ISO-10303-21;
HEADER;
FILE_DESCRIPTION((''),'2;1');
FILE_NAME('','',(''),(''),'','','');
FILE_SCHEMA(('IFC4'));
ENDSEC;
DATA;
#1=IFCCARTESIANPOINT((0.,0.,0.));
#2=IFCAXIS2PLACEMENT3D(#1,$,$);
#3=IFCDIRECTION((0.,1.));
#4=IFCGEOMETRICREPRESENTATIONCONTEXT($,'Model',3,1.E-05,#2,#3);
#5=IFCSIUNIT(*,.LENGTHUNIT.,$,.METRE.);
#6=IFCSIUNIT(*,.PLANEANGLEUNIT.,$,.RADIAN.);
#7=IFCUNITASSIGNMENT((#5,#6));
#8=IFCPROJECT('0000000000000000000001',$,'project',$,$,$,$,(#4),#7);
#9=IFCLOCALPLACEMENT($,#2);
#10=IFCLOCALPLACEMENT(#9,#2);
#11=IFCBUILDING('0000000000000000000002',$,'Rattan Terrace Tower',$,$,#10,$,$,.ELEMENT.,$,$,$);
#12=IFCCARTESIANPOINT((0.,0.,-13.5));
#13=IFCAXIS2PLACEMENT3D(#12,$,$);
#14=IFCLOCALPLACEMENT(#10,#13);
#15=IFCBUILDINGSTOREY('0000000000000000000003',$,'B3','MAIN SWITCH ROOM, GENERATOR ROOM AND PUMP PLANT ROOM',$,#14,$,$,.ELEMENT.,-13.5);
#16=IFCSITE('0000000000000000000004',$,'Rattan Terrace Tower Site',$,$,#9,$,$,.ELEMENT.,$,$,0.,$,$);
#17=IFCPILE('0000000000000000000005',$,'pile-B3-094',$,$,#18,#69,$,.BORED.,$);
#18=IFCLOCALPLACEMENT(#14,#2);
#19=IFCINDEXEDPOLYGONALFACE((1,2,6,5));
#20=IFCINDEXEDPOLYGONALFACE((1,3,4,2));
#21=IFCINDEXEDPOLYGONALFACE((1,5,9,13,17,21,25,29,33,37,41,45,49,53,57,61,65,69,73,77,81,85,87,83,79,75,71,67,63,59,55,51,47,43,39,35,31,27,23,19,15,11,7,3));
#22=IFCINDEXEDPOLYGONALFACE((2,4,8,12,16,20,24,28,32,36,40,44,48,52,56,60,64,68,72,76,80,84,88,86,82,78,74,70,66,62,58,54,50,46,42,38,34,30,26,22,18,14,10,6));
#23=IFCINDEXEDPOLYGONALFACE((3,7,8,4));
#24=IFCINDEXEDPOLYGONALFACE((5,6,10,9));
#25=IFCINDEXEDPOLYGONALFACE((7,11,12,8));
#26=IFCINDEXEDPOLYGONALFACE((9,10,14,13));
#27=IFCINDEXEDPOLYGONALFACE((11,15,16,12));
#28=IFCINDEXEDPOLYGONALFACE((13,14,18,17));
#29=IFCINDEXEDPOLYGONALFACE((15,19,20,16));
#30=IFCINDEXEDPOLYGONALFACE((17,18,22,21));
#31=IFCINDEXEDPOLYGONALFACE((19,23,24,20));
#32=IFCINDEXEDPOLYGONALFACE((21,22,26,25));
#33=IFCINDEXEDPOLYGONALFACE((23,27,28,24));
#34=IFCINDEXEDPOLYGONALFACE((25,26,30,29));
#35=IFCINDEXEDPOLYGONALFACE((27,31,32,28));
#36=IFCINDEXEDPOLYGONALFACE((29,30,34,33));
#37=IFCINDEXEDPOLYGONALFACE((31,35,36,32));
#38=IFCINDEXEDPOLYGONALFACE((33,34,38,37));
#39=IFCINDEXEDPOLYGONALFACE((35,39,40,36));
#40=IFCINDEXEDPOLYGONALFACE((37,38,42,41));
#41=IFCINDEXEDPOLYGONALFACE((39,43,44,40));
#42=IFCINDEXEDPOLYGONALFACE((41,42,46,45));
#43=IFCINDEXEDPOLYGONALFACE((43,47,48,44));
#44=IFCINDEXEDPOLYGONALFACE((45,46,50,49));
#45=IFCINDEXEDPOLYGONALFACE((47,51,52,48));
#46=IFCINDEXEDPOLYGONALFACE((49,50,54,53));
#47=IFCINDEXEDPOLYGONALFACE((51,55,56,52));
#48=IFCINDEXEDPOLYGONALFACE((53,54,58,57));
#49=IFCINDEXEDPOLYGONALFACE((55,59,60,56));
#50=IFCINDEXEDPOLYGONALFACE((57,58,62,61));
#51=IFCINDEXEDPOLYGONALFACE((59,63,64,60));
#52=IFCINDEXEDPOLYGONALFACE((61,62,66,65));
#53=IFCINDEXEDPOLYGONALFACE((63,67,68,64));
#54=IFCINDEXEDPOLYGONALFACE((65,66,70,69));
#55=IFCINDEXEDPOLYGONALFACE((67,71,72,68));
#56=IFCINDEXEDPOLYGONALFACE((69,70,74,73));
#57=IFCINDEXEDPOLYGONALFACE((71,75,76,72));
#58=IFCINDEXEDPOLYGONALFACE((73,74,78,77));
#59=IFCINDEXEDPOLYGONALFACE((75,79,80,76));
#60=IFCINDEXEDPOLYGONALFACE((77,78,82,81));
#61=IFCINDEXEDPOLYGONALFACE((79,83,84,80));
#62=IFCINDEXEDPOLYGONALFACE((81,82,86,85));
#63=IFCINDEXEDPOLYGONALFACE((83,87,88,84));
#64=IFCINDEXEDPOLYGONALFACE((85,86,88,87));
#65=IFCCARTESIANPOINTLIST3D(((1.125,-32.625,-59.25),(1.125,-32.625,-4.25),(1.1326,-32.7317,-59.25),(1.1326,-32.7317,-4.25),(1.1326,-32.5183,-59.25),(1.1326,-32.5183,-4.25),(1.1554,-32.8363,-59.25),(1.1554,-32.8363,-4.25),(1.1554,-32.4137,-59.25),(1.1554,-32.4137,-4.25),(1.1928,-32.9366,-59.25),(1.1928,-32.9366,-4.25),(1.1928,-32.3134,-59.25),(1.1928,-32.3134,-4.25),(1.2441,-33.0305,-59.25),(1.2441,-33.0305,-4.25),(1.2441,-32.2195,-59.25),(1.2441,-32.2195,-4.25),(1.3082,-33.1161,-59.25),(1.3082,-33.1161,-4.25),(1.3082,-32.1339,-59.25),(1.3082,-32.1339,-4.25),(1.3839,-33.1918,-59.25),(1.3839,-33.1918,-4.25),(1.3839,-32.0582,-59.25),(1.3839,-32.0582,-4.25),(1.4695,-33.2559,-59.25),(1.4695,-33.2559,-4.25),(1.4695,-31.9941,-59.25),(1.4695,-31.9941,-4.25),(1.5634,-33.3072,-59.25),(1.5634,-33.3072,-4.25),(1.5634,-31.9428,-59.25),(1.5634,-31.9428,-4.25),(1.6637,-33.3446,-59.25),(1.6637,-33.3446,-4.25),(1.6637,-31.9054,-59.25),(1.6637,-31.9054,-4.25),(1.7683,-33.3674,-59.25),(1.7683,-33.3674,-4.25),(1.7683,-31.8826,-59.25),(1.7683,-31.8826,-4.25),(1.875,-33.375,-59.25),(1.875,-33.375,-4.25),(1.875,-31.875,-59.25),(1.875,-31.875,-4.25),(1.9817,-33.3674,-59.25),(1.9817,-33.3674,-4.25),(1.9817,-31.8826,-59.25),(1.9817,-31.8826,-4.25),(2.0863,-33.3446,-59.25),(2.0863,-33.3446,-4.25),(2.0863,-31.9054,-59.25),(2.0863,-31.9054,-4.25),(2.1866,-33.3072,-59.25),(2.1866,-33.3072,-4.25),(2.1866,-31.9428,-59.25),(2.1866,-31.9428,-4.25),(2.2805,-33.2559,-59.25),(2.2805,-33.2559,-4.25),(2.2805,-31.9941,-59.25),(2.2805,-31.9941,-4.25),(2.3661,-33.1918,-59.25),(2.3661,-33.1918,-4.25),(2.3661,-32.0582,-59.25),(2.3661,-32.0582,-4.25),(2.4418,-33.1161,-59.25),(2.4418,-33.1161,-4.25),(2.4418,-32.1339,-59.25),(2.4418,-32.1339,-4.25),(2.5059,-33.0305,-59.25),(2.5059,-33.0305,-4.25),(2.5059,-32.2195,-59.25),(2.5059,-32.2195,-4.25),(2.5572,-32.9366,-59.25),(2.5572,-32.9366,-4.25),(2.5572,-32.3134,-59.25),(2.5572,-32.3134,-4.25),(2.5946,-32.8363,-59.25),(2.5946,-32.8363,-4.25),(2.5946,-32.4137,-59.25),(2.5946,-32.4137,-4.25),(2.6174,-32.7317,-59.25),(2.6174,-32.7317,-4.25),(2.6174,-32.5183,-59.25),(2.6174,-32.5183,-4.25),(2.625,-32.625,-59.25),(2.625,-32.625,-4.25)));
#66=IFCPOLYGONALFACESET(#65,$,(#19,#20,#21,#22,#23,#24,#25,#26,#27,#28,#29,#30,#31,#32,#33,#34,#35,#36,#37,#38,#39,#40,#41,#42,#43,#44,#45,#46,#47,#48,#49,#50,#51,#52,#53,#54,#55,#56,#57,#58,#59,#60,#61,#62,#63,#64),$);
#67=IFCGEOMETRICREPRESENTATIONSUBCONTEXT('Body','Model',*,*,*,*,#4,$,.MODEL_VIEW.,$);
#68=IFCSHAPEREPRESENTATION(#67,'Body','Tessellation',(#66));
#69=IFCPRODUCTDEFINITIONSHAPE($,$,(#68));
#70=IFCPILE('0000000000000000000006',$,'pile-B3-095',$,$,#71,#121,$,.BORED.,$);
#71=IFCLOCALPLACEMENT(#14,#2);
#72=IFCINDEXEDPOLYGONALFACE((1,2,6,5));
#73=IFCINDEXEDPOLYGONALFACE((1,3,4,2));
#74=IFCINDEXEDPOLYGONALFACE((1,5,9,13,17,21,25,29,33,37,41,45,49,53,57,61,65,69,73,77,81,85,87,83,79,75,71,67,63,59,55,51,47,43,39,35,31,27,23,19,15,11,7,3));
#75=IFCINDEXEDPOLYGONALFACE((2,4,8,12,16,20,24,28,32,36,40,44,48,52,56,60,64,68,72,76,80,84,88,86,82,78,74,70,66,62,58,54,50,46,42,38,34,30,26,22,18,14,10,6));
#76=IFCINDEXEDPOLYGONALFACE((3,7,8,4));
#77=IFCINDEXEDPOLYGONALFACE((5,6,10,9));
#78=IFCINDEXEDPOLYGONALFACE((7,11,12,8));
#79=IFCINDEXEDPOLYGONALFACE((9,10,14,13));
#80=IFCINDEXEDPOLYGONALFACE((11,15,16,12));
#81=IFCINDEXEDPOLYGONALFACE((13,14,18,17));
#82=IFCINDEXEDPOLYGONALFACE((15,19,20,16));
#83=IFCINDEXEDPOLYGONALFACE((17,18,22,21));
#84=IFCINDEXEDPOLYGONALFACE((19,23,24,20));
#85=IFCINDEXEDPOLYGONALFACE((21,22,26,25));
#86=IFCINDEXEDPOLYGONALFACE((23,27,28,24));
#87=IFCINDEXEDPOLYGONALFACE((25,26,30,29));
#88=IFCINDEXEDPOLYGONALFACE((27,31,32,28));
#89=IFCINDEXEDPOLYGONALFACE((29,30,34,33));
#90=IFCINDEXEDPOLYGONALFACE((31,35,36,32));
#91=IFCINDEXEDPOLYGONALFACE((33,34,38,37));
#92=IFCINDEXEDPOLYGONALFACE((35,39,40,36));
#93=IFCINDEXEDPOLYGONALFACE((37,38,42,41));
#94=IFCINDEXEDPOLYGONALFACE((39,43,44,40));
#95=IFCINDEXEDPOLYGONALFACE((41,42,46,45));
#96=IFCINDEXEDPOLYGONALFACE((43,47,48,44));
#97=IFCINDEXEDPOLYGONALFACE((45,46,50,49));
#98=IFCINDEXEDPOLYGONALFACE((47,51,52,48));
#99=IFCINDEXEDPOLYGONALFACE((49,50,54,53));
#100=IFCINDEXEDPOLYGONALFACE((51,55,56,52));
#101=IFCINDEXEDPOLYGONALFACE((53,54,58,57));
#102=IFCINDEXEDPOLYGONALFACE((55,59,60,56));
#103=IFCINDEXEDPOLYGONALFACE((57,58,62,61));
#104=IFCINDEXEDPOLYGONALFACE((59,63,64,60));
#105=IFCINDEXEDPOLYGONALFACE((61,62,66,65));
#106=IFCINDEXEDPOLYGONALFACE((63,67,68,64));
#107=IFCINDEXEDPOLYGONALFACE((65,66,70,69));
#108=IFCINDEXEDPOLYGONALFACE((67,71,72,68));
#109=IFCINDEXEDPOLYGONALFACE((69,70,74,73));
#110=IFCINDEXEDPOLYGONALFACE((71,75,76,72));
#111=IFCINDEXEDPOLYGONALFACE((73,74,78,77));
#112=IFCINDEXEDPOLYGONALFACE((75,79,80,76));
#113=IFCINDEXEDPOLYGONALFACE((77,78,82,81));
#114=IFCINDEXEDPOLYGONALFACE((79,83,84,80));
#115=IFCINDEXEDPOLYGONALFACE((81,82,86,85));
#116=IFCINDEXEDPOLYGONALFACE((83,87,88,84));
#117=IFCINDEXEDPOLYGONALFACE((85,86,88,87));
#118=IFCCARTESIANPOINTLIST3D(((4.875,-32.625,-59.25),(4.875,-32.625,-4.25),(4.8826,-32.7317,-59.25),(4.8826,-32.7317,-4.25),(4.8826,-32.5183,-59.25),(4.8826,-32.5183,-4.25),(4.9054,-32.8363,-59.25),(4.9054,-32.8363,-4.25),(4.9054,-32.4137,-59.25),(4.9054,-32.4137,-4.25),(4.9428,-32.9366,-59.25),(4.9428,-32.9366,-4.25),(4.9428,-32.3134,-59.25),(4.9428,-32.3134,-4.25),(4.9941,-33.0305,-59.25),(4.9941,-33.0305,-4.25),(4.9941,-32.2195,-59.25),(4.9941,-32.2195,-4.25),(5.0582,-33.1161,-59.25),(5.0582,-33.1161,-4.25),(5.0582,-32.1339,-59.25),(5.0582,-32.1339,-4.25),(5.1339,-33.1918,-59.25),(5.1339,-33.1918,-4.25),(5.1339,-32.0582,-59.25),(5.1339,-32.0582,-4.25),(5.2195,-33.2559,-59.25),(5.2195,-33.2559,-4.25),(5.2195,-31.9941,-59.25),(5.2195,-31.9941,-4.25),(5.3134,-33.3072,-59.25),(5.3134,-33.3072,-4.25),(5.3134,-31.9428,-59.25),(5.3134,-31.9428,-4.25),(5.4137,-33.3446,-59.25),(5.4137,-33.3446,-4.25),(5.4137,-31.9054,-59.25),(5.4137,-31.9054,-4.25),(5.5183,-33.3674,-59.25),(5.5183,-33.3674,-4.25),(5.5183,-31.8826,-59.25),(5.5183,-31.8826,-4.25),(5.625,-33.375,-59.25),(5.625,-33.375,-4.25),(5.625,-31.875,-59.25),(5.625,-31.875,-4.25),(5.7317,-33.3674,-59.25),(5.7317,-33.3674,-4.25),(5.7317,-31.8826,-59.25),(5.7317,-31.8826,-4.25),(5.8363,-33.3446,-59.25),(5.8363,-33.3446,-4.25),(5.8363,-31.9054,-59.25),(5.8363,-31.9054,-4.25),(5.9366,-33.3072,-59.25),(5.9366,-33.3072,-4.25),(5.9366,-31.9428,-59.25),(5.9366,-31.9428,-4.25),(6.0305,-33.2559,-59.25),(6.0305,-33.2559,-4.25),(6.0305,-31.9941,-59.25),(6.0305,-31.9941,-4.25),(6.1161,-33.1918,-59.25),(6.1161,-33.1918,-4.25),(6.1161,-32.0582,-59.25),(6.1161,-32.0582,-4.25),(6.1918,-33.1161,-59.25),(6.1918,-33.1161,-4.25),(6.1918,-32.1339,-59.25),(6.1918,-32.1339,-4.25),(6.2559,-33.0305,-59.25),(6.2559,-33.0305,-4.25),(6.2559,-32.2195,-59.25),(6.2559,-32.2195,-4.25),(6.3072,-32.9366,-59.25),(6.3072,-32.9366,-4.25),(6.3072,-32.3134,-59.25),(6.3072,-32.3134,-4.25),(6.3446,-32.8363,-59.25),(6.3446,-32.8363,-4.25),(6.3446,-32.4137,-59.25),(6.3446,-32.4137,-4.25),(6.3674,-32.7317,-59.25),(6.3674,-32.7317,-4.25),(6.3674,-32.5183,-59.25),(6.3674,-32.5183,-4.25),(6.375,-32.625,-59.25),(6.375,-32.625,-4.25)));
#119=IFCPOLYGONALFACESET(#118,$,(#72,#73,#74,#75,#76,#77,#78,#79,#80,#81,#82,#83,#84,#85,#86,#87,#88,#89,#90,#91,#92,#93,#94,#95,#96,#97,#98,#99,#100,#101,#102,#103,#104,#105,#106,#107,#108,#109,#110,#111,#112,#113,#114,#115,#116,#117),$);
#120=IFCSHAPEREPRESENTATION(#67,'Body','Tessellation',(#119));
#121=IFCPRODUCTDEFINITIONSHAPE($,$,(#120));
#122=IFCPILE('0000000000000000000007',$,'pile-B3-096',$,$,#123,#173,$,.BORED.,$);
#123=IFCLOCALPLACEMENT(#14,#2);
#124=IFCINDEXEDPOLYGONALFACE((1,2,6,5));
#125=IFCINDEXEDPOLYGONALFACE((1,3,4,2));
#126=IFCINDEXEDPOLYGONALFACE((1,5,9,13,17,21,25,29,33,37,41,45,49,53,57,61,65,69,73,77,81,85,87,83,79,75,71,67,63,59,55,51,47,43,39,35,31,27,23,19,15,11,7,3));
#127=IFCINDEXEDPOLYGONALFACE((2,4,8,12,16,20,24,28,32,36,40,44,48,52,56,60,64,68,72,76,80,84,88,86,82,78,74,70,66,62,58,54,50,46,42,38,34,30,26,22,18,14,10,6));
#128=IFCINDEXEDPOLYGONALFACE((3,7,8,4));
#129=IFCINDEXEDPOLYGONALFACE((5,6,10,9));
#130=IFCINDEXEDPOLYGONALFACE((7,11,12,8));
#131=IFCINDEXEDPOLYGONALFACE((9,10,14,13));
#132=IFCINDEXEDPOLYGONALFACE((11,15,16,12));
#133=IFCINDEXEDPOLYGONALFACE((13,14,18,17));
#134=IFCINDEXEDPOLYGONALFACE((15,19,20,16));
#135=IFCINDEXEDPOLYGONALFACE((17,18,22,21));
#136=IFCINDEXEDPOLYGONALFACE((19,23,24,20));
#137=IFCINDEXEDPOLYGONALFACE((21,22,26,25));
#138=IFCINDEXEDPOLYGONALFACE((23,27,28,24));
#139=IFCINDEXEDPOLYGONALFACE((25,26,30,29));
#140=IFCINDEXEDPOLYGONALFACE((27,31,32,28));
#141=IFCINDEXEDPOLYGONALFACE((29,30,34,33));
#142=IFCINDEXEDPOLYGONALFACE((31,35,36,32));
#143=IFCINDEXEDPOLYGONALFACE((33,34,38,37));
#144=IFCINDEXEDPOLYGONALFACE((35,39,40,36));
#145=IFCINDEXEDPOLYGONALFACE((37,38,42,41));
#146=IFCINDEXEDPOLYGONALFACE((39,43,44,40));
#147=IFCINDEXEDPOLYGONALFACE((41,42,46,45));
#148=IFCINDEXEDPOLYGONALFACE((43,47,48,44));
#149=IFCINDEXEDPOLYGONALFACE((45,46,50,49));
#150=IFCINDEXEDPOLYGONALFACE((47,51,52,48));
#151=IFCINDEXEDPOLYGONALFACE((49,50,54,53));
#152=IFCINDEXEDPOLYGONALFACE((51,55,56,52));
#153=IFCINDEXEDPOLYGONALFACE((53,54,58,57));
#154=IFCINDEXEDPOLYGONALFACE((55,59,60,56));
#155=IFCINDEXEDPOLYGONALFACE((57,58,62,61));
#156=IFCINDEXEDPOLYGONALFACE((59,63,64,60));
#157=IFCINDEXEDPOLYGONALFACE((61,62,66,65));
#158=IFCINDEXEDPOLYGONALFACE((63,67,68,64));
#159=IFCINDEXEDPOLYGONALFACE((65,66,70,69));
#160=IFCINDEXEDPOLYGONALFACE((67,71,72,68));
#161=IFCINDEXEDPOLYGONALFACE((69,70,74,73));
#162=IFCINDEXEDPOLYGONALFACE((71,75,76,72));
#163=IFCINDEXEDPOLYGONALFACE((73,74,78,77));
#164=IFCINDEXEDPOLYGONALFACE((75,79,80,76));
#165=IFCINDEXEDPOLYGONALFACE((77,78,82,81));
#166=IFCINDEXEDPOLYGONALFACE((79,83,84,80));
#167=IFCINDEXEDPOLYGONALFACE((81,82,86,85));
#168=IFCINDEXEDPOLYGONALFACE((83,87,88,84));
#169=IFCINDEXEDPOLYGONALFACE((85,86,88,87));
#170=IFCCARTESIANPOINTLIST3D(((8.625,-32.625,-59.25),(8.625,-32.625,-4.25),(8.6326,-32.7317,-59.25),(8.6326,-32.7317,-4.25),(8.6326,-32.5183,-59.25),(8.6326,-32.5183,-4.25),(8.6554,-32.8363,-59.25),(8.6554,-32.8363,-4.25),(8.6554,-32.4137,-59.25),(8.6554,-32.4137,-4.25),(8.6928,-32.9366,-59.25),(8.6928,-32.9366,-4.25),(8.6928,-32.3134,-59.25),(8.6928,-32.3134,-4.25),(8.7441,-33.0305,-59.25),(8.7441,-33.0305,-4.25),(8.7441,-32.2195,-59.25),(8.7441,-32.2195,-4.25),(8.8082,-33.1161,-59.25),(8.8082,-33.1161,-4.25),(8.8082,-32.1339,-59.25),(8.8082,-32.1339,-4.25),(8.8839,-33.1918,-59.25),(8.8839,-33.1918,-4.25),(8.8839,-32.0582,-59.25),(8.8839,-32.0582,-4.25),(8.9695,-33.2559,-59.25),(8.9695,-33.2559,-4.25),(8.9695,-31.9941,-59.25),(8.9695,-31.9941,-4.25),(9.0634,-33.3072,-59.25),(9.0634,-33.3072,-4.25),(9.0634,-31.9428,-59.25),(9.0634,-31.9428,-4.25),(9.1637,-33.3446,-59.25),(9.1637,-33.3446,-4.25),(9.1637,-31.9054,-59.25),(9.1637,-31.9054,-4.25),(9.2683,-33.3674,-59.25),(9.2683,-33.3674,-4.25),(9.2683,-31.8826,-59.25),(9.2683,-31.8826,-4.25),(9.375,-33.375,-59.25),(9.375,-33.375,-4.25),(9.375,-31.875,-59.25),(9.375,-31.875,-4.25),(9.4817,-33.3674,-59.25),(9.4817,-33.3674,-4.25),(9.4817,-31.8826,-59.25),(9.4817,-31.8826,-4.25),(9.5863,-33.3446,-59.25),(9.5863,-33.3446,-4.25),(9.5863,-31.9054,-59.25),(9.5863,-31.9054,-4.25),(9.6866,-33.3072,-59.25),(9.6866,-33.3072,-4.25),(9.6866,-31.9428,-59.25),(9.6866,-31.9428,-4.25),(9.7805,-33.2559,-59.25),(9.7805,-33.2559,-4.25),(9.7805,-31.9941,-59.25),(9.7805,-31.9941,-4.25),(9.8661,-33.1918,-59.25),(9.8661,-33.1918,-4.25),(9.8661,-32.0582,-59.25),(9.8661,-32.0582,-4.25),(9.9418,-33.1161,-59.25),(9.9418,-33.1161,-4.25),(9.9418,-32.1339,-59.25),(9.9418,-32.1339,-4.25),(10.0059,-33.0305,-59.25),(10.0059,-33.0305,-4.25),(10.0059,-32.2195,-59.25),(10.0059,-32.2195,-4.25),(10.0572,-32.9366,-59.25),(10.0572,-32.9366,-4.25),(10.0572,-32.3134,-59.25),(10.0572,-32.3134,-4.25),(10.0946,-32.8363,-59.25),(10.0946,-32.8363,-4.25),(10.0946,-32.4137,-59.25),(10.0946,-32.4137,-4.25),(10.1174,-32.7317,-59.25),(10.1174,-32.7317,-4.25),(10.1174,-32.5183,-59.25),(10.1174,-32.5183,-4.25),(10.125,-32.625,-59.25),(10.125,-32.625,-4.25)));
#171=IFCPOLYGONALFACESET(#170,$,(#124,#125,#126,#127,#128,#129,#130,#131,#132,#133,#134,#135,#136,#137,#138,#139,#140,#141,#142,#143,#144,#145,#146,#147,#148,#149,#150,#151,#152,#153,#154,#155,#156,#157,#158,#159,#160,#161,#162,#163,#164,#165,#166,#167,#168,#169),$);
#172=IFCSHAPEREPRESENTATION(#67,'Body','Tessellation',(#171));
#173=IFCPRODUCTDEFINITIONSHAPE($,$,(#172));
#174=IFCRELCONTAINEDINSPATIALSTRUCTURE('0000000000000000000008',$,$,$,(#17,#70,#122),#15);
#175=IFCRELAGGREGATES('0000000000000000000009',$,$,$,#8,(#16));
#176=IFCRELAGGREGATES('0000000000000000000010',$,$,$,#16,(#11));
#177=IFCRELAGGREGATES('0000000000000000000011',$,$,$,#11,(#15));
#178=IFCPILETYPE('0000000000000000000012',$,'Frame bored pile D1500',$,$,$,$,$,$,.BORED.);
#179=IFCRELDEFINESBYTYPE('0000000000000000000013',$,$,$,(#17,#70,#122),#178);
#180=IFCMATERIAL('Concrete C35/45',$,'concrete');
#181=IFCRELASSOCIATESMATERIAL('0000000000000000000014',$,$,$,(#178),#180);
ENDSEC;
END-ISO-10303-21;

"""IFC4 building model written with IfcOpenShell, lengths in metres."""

from ifc_helpers import new_model, si_unit, direction, frame, origin, origin_2d, place, context, subcontext, project, spatial, circle, extrude, material, material_profile, profile_set, type_object, element, save


model = new_model("IFC4")

# Units and contexts
model_context = context("Model", 3, precision=1e-05, world=origin(), true_north=direction((0.0, 1.0)))
body_context = subcontext(model_context, "Body", "Model", "MODEL_VIEW")
ifc_project = project(units=[si_unit("LENGTHUNIT", "METRE"), si_unit("PLANEANGLEUNIT", "RADIAN")], contexts=[model_context])

# Site, building, storey
site_placement = place(None, origin())
site = spatial("IfcSite", under=ifc_project, at=site_placement, Name="Rattan Terrace Tower Site", CompositionType="ELEMENT", RefElevation=0.0)
building_placement = place(site_placement, origin())
building = spatial("IfcBuilding", under=site, at=building_placement, Name="Rattan Terrace Tower", CompositionType="ELEMENT")
storey_placement = place(building_placement, frame((0.0, 0.0, -13.5)))
storey = spatial("IfcBuildingStorey", under=building, at=storey_placement, Name="B3", Description="MAIN SWITCH ROOM, GENERATOR ROOM AND PUMP PLANT ROOM", CompositionType="ELEMENT", Elevation=-13.5)

# Piles
ifc_material_1 = material(Name="Concrete C35/45", Category="concrete")
ifc_material_profile_1 = material_profile(ifc_material_1, circle(Radius=0.75, at=origin_2d()), Name="PILE D1500")
ifc_profile_set_1 = profile_set([ifc_material_profile_1], Name="Concrete C35/45")
pile_type = type_object("IfcPileType", Name="Frame bored pile D1500", PredefinedType="BORED", material=ifc_profile_set_1)
for number, where, z_axis, x_axis, name in (
    (1, (1.875, -32.625, -4.25), (0.0, 0.0, -1.0), (1.0, 0.0, 0.0), "pile-B3-094"),
    (2, (5.625, -32.625, -4.25), (0.0, 0.0, -1.0), (1.0, 0.0, 0.0), "pile-B3-095"),
    (3, (9.375, -32.625, -4.25), (0.0, 0.0, -1.0), (1.0, 0.0, 0.0), "pile-B3-096"),
):
    element("IfcPile", number, at=place(storey_placement, frame(where, z_axis=z_axis, x_axis=x_axis)), inside=storey, type_object=pile_type, Name=name, PredefinedType="BORED", context=body_context, shape_type="SweptSolid", body=[
        extrude(circle(Radius=0.75, at=origin_2d()), origin(), (0.0, 0.0, 1.0), 55.0),
    ])

save(model, "model.ifc")
